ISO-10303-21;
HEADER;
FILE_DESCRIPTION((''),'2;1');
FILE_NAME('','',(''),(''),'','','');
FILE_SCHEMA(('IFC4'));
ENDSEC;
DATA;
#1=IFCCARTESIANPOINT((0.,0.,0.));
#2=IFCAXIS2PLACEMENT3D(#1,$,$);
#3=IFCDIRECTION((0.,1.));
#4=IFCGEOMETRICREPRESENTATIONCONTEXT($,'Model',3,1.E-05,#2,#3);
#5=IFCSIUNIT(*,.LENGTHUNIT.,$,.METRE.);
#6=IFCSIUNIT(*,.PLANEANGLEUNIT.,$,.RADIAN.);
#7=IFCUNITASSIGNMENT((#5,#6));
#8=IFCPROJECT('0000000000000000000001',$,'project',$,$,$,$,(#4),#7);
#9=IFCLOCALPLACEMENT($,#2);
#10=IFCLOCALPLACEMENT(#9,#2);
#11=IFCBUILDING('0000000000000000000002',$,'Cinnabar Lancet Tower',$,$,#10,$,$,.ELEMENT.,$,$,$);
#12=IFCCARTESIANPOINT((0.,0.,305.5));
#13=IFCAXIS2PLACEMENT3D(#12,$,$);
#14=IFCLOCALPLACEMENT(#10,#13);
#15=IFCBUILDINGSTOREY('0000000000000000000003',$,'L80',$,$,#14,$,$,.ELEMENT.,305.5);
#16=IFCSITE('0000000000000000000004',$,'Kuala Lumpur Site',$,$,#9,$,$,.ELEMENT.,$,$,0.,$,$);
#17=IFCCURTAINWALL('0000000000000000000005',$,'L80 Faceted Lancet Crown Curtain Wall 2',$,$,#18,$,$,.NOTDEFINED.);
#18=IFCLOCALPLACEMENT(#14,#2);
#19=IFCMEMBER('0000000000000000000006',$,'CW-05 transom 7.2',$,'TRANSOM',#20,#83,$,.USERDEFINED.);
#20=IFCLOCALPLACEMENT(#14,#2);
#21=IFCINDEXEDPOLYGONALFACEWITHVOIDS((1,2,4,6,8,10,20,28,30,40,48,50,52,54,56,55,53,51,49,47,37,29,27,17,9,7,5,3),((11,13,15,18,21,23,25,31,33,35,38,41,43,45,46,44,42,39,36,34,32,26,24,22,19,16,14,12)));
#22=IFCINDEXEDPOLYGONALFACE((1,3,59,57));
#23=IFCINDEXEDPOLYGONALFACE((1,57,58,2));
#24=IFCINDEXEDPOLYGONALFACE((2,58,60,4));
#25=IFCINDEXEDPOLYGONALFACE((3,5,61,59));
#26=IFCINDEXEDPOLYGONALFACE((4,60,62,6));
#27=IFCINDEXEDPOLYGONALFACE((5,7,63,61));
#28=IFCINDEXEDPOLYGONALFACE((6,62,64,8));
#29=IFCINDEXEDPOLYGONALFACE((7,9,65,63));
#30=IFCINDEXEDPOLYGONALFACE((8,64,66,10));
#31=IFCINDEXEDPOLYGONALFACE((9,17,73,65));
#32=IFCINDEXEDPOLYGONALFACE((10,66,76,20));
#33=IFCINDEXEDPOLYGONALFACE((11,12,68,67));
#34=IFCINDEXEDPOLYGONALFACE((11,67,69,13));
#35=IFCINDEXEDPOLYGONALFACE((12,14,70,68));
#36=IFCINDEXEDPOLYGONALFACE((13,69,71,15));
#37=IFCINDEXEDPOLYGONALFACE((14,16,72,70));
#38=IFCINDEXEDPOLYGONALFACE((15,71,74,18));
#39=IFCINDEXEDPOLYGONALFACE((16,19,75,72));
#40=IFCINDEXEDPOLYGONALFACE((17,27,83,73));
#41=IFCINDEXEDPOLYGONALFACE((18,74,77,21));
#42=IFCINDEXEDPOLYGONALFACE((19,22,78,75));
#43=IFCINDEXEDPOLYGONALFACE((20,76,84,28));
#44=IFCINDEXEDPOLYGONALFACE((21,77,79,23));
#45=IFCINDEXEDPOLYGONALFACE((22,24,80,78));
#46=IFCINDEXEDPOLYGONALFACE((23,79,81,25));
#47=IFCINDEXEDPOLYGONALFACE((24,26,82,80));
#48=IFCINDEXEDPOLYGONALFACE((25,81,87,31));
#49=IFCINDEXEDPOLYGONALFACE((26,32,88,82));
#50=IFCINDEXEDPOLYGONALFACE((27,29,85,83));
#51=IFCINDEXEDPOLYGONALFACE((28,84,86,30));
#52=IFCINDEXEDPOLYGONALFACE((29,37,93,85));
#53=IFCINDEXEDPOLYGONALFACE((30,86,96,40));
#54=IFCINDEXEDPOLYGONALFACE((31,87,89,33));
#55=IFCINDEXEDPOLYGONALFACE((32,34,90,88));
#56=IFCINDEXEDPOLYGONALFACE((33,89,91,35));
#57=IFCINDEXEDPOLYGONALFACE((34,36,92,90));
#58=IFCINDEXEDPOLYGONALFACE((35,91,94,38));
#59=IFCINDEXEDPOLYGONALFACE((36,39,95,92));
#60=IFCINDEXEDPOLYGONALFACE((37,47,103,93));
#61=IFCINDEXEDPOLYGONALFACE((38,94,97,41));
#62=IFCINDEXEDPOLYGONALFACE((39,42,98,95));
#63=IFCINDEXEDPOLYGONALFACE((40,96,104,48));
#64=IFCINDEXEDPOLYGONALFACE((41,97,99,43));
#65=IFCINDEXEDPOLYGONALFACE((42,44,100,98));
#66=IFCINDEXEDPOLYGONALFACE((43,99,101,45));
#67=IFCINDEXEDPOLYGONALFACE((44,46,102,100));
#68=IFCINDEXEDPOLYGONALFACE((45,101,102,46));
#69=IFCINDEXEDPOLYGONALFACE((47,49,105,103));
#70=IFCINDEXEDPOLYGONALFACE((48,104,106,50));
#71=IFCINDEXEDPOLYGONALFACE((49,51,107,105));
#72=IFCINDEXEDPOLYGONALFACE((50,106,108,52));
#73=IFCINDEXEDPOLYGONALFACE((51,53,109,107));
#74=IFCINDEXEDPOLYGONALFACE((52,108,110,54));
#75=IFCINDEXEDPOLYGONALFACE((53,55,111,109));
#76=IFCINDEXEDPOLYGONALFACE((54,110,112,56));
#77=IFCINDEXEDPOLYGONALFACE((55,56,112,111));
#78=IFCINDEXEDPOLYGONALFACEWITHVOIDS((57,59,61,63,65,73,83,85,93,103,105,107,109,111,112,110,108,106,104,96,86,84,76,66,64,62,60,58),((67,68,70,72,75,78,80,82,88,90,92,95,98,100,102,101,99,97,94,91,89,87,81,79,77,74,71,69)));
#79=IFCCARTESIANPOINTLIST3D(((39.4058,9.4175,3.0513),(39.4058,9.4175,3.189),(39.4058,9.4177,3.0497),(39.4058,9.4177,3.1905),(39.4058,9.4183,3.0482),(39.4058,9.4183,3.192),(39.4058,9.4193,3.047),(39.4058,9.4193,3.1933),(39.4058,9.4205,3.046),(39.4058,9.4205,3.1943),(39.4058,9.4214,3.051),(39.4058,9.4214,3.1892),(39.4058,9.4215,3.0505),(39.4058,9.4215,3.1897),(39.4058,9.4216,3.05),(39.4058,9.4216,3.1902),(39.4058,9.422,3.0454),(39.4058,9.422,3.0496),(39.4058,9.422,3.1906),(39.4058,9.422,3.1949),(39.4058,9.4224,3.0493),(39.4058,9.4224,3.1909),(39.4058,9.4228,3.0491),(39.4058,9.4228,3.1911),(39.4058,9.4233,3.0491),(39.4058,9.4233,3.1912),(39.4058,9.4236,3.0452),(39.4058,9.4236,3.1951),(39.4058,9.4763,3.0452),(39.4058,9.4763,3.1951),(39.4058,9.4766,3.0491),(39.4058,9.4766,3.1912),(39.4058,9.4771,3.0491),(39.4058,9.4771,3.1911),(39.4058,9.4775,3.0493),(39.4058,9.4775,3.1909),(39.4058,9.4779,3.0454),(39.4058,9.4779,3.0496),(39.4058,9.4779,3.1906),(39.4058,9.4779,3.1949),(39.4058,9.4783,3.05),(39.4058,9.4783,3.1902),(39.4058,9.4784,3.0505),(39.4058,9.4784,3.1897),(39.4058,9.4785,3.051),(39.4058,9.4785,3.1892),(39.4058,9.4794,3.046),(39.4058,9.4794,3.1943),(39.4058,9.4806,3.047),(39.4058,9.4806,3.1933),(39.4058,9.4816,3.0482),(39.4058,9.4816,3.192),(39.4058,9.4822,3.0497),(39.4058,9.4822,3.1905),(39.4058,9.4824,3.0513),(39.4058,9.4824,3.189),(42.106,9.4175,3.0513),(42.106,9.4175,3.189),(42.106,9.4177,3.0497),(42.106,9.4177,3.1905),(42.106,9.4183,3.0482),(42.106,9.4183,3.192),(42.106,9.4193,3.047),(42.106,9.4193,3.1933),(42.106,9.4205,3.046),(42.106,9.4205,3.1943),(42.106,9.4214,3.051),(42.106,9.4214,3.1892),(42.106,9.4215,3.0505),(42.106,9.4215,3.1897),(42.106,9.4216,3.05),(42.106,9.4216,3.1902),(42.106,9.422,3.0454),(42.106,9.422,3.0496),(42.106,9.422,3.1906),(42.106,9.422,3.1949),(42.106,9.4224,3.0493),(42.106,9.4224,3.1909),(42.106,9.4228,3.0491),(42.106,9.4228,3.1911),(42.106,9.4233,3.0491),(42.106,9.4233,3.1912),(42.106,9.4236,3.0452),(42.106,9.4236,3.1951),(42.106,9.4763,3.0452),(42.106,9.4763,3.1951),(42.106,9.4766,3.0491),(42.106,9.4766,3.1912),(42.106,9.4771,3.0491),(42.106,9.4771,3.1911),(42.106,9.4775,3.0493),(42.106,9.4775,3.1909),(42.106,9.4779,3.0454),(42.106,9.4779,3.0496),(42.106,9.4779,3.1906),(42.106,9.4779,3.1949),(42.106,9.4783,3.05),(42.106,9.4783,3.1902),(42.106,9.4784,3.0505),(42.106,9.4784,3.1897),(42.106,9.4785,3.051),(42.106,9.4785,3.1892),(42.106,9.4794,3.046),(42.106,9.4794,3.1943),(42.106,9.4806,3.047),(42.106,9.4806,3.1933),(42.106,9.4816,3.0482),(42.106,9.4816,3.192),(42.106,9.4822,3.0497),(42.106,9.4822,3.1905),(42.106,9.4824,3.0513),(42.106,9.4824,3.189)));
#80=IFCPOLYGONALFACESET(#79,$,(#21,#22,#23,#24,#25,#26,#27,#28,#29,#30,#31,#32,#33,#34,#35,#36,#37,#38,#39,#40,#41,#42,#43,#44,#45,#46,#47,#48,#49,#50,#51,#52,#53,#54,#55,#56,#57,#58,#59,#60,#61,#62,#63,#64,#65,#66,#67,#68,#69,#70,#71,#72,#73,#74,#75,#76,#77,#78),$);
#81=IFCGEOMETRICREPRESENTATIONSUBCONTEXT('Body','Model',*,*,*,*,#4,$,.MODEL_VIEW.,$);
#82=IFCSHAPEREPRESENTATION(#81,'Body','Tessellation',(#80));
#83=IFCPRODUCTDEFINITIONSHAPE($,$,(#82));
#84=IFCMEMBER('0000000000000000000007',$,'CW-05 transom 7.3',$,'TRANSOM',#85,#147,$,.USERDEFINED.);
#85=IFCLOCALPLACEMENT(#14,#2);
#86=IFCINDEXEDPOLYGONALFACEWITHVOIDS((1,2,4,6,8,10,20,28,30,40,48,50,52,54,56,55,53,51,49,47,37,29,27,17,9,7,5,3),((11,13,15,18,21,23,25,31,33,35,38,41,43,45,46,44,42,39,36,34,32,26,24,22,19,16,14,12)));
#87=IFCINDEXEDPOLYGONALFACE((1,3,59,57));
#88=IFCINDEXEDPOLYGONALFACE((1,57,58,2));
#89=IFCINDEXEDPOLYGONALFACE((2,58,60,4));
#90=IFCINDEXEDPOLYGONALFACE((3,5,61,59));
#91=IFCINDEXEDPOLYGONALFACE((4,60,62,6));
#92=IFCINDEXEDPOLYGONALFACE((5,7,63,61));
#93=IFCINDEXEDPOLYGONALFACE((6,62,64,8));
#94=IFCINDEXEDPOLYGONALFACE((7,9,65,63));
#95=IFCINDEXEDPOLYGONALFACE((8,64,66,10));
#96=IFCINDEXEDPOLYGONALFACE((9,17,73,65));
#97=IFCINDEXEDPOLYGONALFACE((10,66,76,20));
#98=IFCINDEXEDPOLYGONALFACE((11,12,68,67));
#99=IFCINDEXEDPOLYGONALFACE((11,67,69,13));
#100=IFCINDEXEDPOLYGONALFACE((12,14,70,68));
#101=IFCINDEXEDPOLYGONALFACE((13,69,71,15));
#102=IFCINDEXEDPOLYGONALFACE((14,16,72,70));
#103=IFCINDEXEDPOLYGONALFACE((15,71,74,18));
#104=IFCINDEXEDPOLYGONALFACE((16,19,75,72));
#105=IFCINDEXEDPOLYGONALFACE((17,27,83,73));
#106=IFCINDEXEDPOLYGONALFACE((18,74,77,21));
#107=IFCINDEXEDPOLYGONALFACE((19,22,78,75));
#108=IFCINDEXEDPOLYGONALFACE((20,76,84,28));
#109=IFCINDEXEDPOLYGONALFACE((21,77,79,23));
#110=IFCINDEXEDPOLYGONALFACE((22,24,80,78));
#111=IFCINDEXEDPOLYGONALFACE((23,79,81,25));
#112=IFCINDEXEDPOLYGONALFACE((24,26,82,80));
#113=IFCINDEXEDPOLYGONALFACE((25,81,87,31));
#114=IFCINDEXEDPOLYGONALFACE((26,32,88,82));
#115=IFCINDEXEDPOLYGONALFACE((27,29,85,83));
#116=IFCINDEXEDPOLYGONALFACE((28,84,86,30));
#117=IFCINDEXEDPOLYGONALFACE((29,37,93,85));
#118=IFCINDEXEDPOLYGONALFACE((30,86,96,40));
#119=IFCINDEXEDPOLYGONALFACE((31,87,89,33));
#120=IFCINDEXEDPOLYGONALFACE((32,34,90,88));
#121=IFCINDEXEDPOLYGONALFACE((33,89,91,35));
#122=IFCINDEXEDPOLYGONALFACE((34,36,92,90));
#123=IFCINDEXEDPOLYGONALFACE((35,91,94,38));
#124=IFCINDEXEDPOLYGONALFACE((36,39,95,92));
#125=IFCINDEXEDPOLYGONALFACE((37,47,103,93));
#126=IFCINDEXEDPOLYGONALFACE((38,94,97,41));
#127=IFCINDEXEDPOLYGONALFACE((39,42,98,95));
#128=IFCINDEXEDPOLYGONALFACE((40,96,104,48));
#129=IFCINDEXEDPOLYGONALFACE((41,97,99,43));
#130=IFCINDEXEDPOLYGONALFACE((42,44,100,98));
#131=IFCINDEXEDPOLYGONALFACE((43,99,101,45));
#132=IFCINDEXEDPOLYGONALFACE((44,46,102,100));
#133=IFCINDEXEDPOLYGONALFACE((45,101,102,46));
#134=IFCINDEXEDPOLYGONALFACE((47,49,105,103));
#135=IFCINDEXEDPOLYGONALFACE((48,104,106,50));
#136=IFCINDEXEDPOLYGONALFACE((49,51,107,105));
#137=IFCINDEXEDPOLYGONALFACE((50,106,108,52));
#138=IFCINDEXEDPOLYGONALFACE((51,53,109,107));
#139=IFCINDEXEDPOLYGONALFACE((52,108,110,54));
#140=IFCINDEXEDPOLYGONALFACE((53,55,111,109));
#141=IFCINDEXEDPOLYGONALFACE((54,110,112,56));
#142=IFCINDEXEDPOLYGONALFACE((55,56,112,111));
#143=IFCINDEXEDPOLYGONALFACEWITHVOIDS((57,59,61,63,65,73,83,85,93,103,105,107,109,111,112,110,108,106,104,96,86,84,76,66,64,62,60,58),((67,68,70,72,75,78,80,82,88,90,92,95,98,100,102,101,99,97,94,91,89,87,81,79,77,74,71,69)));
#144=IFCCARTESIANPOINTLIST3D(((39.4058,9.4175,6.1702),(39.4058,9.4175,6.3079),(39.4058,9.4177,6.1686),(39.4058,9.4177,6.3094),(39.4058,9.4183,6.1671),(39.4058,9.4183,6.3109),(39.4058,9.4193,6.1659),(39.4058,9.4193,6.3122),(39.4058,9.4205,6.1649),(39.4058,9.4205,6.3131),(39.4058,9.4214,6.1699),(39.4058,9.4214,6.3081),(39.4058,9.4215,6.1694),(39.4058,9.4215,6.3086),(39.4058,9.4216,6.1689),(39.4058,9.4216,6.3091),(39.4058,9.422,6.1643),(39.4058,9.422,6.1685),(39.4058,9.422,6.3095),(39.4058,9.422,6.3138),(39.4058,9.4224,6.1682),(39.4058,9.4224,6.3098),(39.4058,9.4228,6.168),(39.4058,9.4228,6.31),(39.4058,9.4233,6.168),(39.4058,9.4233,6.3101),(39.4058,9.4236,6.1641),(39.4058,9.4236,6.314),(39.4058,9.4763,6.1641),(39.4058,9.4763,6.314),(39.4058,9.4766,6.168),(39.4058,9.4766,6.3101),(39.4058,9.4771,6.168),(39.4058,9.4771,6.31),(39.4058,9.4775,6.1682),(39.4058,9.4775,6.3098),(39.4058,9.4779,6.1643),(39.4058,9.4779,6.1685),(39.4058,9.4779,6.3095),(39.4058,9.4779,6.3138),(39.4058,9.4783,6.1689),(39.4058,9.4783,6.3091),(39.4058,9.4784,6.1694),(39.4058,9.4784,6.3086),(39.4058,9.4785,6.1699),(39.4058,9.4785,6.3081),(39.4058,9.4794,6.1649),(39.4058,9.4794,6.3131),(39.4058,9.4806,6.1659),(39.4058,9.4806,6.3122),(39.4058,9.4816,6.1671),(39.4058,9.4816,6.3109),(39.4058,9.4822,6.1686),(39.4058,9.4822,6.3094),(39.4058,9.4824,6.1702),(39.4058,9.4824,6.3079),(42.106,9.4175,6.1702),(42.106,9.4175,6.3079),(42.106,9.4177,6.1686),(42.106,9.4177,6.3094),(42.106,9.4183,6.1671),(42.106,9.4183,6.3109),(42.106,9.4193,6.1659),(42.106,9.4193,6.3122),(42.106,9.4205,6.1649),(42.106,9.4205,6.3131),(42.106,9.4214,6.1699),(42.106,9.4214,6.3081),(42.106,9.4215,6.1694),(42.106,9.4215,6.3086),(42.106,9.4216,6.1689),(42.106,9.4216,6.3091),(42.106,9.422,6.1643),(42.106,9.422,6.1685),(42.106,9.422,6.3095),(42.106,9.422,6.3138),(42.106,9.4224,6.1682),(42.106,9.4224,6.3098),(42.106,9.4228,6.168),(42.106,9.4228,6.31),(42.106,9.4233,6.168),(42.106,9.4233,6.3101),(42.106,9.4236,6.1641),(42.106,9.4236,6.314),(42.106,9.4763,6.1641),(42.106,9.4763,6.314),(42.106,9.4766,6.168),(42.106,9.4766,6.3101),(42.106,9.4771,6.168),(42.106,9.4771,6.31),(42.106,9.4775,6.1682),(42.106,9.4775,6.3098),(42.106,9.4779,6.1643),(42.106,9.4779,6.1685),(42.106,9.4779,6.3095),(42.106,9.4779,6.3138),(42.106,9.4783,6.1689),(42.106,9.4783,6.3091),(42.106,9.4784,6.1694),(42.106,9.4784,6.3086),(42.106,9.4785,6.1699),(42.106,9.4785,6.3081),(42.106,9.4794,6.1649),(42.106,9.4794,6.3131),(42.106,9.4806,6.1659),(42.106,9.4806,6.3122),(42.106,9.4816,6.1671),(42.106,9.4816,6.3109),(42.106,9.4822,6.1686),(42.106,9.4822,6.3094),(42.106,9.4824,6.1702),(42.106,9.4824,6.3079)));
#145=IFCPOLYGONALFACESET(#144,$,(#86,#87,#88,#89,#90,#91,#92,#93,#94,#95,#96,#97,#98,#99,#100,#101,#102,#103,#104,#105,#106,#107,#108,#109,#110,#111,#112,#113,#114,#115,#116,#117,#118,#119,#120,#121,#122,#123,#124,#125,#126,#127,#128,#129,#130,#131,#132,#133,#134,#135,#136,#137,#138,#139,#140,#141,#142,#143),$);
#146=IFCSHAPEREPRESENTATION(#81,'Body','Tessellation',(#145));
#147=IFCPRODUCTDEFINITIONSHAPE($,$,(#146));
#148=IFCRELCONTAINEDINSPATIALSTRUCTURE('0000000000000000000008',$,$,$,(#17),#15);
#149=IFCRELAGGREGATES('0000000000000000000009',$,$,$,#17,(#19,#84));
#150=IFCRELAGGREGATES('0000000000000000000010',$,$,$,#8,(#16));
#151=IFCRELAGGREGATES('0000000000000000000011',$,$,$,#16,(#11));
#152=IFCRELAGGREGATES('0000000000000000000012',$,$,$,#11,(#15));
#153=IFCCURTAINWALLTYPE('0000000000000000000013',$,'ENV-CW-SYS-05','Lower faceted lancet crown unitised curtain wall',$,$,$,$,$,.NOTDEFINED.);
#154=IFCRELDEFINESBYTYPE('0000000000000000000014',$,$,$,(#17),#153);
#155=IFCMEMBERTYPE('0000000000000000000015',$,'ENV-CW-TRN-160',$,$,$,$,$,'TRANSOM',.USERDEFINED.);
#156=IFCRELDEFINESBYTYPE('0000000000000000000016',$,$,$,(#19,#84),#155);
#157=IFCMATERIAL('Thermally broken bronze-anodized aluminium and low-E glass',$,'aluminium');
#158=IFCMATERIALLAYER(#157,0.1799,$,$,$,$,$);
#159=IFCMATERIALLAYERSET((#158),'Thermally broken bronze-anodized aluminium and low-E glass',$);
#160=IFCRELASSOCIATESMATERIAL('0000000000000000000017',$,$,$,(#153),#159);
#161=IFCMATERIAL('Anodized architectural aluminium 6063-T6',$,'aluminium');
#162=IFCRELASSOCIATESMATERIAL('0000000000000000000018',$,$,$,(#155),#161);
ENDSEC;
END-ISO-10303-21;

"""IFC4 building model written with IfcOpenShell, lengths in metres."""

from ifc_helpers import new_model, si_unit, direction, frame, origin, origin_2d, place, context, subcontext, project, spatial, hollow_rectangle, extrude, material, layer, layer_set, material_profile, profile_set, type_object, element, aggregate, save


model = new_model("IFC4")

# Units and contexts
model_context = context("Model", 3, precision=1e-05, world=origin(), true_north=direction((0.0, 1.0)))
body_context = subcontext(model_context, "Body", "Model", "MODEL_VIEW")
ifc_project = project(units=[si_unit("LENGTHUNIT", "METRE"), si_unit("PLANEANGLEUNIT", "RADIAN")], contexts=[model_context])

# Site, building, storey
site_placement = place(None, origin())
site = spatial("IfcSite", under=ifc_project, at=site_placement, Name="Kuala Lumpur Site", CompositionType="ELEMENT", RefElevation=0.0)
building_placement = place(site_placement, origin())
building = spatial("IfcBuilding", under=site, at=building_placement, Name="Cinnabar Lancet Tower", CompositionType="ELEMENT")
storey_placement = place(building_placement, frame((0.0, 0.0, 305.5)))
storey = spatial("IfcBuildingStorey", under=building, at=storey_placement, Name="L80", CompositionType="ELEMENT", Elevation=305.5)

# Curtain wall
ifc_material_1 = material(Name="Thermally broken bronze-anodized aluminium and low-E glass", Category="aluminium")
ifc_layer_1 = layer(ifc_material_1, 0.1799)
ifc_layer_set_1 = layer_set([ifc_layer_1], Name="Thermally broken bronze-anodized aluminium and low-E glass")
curtain_wall_type = type_object("IfcCurtainWallType", Name="ENV-CW-SYS-05", Description="Lower faceted lancet crown unitised curtain wall", PredefinedType="NOTDEFINED", material=ifc_layer_set_1)
curtain_wall_1_placement = place(storey_placement, origin())
curtain_wall_1 = element("IfcCurtainWall", 1, at=curtain_wall_1_placement, inside=storey, type_object=curtain_wall_type, Name="L80 Faceted Lancet Crown Curtain Wall 2", PredefinedType="NOTDEFINED")

# Members
ifc_material_2 = material(Name="Anodized architectural aluminium 6063-T6", Category="aluminium")
ifc_material_profile_1 = material_profile(ifc_material_2, hollow_rectangle(XDim=0.0649, YDim=0.1499, WallThickness=0.0039, InnerFilletRadius=0.002, OuterFilletRadius=0.0061, at=origin_2d()), Name="CW-TRN 150x65x4")
ifc_profile_set_1 = profile_set([ifc_material_profile_1], Name="Anodized architectural aluminium 6063-T6")
member_type_1 = type_object("IfcMemberType", Name="ENV-CW-TRN-160", ElementType="TRANSOM", PredefinedType="USERDEFINED", material=ifc_profile_set_1)
member_1_placement = place(storey_placement, frame((39.4058, 9.45, 3.1201), z_axis=(1.0, 0.0, 0.0), x_axis=(0.0, 1.0, 0.0)))
member_1 = element("IfcMember", 2, at=member_1_placement, type_object=member_type_1, Name="CW-05 transom 7.2", ObjectType="TRANSOM", PredefinedType="USERDEFINED", context=body_context, shape_type="SweptSolid", body=[
    extrude(hollow_rectangle(XDim=0.0649, YDim=0.1499, WallThickness=0.0039, InnerFilletRadius=0.002, OuterFilletRadius=0.0061, at=origin_2d()), origin(), (0.0, 0.0, 1.0), 2.7002),
])
member_2_placement = place(storey_placement, frame((39.4058, 9.45, 6.239), z_axis=(1.0, 0.0, 0.0), x_axis=(0.0, 1.0, 0.0)))
member_2 = element("IfcMember", 3, at=member_2_placement, type_object=member_type_1, Name="CW-05 transom 7.3", ObjectType="TRANSOM", PredefinedType="USERDEFINED", context=body_context, shape_type="SweptSolid", body=[
    extrude(hollow_rectangle(XDim=0.0649, YDim=0.1499, WallThickness=0.0039, InnerFilletRadius=0.002, OuterFilletRadius=0.0061, at=origin_2d()), origin(), (0.0, 0.0, 1.0), 2.7002),
])

aggregate(curtain_wall_1, [member_1, member_2])

save(model, "model.ifc")
